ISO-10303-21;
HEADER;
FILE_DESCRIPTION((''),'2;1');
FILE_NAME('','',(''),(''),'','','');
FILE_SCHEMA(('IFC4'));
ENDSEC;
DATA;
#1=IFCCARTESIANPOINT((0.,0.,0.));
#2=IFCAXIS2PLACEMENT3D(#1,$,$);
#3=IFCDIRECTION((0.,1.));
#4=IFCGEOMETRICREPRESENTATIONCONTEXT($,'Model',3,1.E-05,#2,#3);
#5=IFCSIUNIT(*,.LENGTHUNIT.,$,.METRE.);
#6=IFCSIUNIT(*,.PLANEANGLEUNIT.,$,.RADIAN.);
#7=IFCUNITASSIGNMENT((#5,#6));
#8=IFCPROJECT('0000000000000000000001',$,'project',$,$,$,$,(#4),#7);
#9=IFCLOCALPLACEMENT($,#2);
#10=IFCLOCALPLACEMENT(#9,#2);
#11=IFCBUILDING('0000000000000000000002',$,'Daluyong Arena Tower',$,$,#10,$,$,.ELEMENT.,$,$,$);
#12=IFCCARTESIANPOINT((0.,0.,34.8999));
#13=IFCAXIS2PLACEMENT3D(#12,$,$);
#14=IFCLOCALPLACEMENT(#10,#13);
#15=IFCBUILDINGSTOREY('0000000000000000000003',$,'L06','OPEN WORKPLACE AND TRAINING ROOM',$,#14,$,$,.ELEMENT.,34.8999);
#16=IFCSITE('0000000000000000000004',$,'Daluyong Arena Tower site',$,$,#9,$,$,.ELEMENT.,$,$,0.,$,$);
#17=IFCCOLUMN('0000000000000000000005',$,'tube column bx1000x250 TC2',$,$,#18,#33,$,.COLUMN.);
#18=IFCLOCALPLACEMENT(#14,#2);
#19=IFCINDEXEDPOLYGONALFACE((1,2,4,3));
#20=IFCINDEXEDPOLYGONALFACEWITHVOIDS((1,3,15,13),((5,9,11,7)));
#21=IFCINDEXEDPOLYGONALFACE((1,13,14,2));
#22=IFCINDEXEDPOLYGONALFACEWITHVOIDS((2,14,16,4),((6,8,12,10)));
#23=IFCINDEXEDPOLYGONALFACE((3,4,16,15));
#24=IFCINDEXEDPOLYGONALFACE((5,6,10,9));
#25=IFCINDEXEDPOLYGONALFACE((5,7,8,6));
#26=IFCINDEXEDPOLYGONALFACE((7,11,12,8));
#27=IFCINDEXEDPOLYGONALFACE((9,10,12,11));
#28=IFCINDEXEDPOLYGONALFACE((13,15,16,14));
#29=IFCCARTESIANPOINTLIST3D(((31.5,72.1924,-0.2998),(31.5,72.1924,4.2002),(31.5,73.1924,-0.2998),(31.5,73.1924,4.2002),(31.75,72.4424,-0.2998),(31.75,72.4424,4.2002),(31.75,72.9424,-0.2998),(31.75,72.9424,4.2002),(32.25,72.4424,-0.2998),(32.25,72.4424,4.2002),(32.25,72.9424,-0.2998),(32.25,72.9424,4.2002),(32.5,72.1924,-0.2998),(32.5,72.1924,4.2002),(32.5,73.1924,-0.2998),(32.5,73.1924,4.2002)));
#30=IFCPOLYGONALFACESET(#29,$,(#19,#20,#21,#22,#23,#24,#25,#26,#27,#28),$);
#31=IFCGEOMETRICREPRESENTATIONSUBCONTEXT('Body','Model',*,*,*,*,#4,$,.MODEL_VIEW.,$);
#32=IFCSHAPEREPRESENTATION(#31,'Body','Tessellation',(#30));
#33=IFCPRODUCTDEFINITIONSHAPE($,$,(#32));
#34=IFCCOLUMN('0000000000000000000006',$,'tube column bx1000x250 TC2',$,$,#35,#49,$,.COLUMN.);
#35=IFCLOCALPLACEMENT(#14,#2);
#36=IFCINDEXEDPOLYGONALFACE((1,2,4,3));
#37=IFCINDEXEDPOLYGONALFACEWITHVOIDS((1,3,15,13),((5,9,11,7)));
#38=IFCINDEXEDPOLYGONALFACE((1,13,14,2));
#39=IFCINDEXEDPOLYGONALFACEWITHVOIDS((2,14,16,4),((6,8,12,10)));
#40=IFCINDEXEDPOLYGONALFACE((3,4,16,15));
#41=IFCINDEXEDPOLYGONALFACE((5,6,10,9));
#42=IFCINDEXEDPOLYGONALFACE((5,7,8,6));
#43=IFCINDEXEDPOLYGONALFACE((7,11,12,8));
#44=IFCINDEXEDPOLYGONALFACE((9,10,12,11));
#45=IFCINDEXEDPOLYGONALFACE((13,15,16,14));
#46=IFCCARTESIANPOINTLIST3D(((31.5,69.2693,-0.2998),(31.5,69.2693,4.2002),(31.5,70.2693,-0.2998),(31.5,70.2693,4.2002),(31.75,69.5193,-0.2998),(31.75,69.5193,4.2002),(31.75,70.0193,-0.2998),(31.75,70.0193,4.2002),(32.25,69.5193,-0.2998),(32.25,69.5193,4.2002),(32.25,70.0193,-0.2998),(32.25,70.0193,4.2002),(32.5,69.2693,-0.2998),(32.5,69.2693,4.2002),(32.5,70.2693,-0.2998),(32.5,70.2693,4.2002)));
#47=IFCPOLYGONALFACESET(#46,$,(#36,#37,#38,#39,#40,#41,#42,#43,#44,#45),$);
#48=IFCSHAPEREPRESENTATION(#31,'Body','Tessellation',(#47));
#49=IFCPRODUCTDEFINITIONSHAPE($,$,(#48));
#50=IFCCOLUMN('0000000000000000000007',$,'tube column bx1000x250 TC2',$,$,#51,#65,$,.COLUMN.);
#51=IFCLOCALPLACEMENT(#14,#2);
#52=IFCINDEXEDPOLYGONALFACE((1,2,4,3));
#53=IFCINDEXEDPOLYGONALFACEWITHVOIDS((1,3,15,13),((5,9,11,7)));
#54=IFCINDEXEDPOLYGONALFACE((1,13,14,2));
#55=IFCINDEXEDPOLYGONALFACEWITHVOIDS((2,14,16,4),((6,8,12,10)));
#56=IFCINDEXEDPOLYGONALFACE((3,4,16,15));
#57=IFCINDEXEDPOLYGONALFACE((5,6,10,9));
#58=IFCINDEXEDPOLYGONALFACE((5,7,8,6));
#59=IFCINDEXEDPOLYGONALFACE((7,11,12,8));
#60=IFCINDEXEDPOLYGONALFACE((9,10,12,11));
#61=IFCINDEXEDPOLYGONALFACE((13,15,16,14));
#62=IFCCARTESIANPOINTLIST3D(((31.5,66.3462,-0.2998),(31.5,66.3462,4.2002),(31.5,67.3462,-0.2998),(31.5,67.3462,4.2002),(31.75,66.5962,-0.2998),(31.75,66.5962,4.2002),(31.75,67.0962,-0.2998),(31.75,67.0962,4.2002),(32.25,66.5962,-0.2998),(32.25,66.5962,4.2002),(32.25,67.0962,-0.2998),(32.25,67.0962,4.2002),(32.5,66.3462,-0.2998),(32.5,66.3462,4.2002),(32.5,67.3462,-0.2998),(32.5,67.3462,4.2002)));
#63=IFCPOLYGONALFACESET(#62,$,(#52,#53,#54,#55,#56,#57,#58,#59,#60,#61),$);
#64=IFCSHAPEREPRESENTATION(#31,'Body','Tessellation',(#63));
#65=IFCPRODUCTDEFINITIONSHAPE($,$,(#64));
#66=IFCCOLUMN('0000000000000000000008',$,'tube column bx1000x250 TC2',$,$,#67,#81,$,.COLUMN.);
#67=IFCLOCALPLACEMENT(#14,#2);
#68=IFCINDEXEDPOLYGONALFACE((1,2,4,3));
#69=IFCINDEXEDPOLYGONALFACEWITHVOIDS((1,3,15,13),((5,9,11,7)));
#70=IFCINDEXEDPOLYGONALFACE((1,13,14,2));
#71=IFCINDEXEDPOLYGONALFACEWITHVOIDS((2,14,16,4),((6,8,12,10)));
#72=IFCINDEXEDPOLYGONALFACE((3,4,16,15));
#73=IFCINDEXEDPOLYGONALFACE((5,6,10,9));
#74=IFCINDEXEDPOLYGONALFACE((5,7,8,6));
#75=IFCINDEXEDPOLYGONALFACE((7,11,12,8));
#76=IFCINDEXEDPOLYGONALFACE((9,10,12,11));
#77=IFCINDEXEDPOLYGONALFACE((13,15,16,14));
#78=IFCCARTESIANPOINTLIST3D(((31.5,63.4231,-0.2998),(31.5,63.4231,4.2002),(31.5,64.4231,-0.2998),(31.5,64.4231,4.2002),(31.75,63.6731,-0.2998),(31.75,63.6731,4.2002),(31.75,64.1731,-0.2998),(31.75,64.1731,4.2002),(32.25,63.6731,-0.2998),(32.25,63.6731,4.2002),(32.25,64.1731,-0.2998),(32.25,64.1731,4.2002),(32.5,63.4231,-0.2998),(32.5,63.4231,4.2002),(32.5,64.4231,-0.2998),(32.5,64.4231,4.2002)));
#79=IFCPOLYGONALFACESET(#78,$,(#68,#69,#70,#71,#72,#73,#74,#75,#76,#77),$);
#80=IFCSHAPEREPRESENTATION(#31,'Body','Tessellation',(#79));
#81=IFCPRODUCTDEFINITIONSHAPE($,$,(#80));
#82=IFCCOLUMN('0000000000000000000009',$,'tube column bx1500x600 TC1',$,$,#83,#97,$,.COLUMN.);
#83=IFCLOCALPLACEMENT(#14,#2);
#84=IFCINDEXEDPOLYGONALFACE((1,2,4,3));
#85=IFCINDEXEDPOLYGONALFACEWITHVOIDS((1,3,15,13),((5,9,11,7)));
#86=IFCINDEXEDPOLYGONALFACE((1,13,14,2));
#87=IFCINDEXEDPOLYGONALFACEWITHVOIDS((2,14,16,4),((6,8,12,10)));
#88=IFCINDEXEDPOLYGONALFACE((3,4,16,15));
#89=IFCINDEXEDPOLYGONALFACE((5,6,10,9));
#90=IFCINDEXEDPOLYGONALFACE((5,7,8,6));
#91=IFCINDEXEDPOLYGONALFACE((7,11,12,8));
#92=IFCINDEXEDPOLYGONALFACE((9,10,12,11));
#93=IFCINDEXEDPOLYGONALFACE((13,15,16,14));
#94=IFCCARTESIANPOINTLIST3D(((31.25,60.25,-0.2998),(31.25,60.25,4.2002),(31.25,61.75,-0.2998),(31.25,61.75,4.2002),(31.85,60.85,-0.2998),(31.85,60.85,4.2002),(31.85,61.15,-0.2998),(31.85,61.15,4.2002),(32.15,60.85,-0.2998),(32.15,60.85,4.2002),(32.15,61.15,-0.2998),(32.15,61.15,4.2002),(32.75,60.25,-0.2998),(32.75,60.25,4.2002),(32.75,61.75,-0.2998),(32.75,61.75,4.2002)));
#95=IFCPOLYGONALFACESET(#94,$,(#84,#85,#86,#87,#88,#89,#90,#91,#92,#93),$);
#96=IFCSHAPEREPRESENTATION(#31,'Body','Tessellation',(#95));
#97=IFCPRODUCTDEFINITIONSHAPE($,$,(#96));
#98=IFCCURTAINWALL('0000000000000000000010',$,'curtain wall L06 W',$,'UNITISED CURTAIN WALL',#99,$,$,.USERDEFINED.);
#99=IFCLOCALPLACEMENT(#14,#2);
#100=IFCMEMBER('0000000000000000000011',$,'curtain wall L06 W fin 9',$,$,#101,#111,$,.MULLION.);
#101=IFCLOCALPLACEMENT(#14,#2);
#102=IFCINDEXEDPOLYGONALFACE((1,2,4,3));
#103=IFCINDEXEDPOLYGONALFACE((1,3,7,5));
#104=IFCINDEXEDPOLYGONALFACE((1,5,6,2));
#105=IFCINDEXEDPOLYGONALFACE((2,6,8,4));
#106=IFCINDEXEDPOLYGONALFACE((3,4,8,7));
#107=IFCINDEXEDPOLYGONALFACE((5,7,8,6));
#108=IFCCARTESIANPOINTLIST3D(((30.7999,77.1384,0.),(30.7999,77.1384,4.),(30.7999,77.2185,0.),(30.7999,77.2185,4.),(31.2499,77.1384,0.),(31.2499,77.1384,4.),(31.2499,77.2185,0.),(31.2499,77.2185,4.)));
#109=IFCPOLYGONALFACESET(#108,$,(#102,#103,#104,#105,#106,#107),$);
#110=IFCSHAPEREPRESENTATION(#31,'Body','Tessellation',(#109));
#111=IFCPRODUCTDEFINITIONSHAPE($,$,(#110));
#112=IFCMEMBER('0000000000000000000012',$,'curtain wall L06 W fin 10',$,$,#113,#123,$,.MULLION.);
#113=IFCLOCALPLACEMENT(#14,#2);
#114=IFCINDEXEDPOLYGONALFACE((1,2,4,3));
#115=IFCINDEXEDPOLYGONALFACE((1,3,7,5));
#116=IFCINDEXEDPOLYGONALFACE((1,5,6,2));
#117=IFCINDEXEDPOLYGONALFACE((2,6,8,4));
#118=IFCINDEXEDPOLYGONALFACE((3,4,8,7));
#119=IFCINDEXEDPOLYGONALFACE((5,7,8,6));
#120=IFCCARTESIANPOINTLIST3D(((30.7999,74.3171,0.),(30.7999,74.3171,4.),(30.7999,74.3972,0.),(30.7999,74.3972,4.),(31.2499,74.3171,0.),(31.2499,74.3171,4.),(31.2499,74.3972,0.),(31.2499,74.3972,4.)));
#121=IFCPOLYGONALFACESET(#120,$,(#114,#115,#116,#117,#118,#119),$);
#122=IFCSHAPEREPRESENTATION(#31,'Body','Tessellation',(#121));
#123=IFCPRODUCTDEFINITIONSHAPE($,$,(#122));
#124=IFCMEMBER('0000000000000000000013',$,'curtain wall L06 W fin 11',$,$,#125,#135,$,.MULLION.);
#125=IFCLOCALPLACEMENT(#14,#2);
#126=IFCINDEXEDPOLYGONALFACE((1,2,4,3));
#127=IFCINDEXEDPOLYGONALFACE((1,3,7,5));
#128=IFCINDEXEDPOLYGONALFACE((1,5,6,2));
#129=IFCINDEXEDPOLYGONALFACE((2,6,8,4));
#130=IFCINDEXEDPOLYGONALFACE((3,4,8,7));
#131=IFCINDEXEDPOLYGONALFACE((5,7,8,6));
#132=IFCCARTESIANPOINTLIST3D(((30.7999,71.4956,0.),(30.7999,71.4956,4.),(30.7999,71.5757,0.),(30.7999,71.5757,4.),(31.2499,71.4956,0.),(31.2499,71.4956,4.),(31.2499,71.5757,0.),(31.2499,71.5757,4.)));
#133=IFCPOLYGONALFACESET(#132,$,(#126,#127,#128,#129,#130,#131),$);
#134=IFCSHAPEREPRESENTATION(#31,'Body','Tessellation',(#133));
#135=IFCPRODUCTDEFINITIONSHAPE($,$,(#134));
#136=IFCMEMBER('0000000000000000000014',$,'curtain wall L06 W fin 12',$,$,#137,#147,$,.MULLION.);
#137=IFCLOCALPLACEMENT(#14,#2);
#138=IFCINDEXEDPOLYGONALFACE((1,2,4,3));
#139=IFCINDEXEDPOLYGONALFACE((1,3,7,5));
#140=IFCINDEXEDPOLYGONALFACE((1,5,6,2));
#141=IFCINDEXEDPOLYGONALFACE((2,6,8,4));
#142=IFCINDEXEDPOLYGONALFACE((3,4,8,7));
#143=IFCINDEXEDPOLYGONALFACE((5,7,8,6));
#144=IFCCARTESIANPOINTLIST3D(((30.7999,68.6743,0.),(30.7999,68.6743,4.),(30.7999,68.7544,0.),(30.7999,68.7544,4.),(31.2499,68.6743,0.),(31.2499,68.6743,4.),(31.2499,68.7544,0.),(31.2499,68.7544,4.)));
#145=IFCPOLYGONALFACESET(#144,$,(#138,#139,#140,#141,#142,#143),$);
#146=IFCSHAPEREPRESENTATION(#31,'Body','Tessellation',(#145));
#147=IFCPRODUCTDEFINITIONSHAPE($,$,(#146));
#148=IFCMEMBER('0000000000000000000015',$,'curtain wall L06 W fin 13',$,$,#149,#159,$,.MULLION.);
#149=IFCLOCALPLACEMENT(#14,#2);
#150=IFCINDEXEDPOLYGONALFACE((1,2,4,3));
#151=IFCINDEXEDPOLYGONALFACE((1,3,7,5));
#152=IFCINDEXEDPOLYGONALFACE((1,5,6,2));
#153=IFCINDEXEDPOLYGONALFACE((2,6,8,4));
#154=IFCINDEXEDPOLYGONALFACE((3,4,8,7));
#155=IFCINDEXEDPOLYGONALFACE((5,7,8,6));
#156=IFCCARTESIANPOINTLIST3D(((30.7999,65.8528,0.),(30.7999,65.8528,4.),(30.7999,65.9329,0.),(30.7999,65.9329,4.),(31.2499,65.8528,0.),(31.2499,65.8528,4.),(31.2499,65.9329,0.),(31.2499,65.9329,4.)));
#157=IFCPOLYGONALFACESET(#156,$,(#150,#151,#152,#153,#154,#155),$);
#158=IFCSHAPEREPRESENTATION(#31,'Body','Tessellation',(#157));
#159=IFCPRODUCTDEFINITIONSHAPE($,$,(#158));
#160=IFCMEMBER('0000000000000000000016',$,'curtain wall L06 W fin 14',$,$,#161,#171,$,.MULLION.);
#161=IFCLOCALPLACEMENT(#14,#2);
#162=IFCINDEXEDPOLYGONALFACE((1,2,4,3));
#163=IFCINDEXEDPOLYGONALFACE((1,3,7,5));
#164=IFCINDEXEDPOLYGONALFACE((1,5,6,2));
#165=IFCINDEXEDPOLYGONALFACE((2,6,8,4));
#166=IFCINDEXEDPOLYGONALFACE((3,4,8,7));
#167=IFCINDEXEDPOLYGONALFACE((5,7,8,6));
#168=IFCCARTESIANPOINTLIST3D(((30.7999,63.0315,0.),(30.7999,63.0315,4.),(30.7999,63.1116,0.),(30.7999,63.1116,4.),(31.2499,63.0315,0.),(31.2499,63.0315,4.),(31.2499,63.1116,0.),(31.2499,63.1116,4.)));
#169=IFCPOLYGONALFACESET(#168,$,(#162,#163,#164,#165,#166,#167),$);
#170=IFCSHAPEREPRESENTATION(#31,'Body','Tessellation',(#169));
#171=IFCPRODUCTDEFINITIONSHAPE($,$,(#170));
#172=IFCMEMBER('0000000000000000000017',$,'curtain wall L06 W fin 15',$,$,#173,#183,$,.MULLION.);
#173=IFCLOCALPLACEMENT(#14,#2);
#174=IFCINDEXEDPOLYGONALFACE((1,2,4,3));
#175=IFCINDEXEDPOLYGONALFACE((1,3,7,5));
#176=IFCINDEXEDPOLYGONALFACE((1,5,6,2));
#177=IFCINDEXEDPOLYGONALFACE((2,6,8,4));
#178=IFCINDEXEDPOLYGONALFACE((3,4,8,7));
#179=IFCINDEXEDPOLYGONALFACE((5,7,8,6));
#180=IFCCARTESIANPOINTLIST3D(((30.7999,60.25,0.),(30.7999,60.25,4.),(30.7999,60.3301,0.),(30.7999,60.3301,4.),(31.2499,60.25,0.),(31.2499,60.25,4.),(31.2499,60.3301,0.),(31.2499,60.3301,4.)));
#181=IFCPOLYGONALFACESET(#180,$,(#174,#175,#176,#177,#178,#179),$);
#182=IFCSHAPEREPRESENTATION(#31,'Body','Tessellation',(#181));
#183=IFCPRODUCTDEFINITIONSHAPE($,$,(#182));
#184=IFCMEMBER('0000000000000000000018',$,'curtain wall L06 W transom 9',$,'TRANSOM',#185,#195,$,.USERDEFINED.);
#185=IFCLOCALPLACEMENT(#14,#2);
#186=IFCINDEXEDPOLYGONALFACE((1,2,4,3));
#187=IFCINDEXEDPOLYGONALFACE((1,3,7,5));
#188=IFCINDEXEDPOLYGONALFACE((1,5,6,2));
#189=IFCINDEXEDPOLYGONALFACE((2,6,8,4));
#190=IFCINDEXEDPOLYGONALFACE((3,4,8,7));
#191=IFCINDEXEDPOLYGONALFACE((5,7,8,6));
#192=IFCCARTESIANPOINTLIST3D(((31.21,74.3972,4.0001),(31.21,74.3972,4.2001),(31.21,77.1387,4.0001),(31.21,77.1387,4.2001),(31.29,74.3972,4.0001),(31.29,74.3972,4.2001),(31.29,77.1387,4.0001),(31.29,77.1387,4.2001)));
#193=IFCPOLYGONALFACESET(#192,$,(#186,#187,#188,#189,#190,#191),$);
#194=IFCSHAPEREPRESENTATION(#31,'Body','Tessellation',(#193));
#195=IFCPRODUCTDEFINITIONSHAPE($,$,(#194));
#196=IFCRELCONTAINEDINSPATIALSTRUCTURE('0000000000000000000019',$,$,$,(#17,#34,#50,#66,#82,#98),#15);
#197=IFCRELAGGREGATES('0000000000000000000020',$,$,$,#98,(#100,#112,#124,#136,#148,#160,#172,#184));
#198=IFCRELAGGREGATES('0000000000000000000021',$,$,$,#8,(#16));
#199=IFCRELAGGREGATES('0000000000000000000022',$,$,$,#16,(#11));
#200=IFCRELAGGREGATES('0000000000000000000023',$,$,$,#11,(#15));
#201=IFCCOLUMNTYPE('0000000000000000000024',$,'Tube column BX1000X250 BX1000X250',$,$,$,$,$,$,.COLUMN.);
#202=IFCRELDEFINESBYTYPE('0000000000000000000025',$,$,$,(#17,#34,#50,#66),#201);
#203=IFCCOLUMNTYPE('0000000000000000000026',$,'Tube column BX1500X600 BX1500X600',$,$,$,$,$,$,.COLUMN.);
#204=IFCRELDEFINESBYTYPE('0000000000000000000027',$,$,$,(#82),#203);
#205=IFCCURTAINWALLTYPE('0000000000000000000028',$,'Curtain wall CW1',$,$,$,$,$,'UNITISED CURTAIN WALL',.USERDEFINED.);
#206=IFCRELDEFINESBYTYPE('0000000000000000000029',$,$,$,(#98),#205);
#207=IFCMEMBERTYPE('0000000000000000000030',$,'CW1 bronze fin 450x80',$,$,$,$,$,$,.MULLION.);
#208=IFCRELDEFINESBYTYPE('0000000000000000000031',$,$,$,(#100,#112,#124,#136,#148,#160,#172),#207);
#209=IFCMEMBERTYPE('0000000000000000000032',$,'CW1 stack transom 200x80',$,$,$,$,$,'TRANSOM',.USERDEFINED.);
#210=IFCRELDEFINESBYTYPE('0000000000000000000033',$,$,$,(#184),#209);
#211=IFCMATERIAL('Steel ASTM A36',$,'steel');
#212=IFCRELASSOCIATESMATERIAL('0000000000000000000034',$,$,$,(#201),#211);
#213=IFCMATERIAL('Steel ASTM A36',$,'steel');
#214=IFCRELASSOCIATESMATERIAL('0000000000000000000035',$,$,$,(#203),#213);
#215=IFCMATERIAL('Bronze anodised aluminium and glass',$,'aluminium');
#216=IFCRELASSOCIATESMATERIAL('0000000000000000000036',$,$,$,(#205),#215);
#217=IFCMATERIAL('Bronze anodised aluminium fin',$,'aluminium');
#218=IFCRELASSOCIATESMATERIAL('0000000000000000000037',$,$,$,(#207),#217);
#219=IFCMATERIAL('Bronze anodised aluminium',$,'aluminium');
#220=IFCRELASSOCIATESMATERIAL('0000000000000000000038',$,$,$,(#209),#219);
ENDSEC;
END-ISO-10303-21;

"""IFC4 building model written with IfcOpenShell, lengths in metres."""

from ifc_helpers import new_model, si_unit, direction, frame, origin, origin_2d, place, context, subcontext, project, spatial, rectangle, hollow_rectangle, extrude, material, material_profile, profile_set, type_object, element, aggregate, save


model = new_model("IFC4")

# Units and contexts
model_context = context("Model", 3, precision=1e-05, world=origin(), true_north=direction((0.0, 1.0)))
body_context = subcontext(model_context, "Body", "Model", "MODEL_VIEW")
ifc_project = project(units=[si_unit("LENGTHUNIT", "METRE"), si_unit("PLANEANGLEUNIT", "RADIAN")], contexts=[model_context])

# Site, building, storey
site_placement = place(None, origin())
site = spatial("IfcSite", under=ifc_project, at=site_placement, Name="Daluyong Arena Tower site", CompositionType="ELEMENT", RefElevation=0.0)
building_placement = place(site_placement, origin())
building = spatial("IfcBuilding", under=site, at=building_placement, Name="Daluyong Arena Tower", CompositionType="ELEMENT")
storey_placement = place(building_placement, frame((0.0, 0.0, 34.8999)))
storey = spatial("IfcBuildingStorey", under=building, at=storey_placement, Name="L06", Description="OPEN WORKPLACE AND TRAINING ROOM", CompositionType="ELEMENT", Elevation=34.8999)

# Columns
ifc_material_1 = material(Name="Steel ASTM A36", Category="steel")
ifc_material_profile_1 = material_profile(ifc_material_1, hollow_rectangle(XDim=1.0, YDim=1.0, WallThickness=0.25, at=origin_2d()))
ifc_profile_set_1 = profile_set([ifc_material_profile_1], Name="Steel ASTM A36")
column_type_1 = type_object("IfcColumnType", Name="Tube column BX1000X250 BX1000X250", PredefinedType="COLUMN", material=ifc_profile_set_1)
for number, where, z_axis, x_axis, name in (
    (1, (32.0, 72.6924, -0.2998), (0.0, 0.0, 1.0), (0.0, 1.0, 0.0), "tube column bx1000x250 TC2"),
    (2, (32.0, 69.7693, -0.2998), (0.0, 0.0, 1.0), (0.0, 1.0, 0.0), "tube column bx1000x250 TC2"),
    (3, (32.0, 66.8462, -0.2998), (0.0, 0.0, 1.0), (0.0, 1.0, 0.0), "tube column bx1000x250 TC2"),
    (4, (32.0, 63.9231, -0.2998), (0.0, 0.0, 1.0), (0.0, 1.0, 0.0), "tube column bx1000x250 TC2"),
):
    element("IfcColumn", number, at=place(storey_placement, frame(where, z_axis=z_axis, x_axis=x_axis)), inside=storey, type_object=column_type_1, Name=name, PredefinedType="COLUMN", context=body_context, shape_type="SweptSolid", body=[
        extrude(hollow_rectangle(XDim=1.0, YDim=1.0, WallThickness=0.25, at=origin_2d()), origin(), (0.0, 0.0, 1.0), 4.5),
    ])
ifc_material_2 = material(Name="Steel ASTM A36", Category="steel")
ifc_material_profile_2 = material_profile(ifc_material_2, hollow_rectangle(XDim=1.5, YDim=1.5, WallThickness=0.6, at=origin_2d()))
ifc_profile_set_2 = profile_set([ifc_material_profile_2], Name="Steel ASTM A36")
column_type_2 = type_object("IfcColumnType", Name="Tube column BX1500X600 BX1500X600", PredefinedType="COLUMN", material=ifc_profile_set_2)
column_placement = place(storey_placement, frame((32.0, 61.0, -0.2998), z_axis=(0.0, 0.0, 1.0), x_axis=(1.0, 0.0, 0.0)))
element("IfcColumn", 5, at=column_placement, inside=storey, type_object=column_type_2, Name="tube column bx1500x600 TC1", PredefinedType="COLUMN", context=body_context, shape_type="SweptSolid", body=[
    extrude(hollow_rectangle(XDim=1.5, YDim=1.5, WallThickness=0.6, at=origin_2d()), origin(), (0.0, 0.0, 1.0), 4.5),
])

# Curtain wall, members
ifc_material_3 = material(Name="Bronze anodised aluminium and glass", Category="aluminium")
curtain_wall_type_1 = type_object("IfcCurtainWallType", Name="Curtain wall CW1", ElementType="UNITISED CURTAIN WALL", PredefinedType="USERDEFINED", material=ifc_material_3)
curtain_wall_1_placement = place(storey_placement, origin())
curtain_wall_1 = element("IfcCurtainWall", 6, at=curtain_wall_1_placement, inside=storey, type_object=curtain_wall_type_1, Name="curtain wall L06 W", ObjectType="UNITISED CURTAIN WALL", PredefinedType="USERDEFINED")
ifc_material_4 = material(Name="Bronze anodised aluminium fin", Category="aluminium")
ifc_material_profile_3 = material_profile(ifc_material_4, rectangle(XDim=0.45, YDim=0.0801, at=origin_2d()))
ifc_profile_set_3 = profile_set([ifc_material_profile_3], Name="Bronze anodised aluminium fin")
member_type_1 = type_object("IfcMemberType", Name="CW1 bronze fin 450x80", PredefinedType="MULLION", material=ifc_profile_set_3)
member_1_placement = place(storey_placement, frame((31.0249, 77.1785, 0.0), z_axis=(0.0, 0.0, 1.0), x_axis=(1.0, 0.0, 0.0)))
member_1 = element("IfcMember", 7, at=member_1_placement, type_object=member_type_1, Name="curtain wall L06 W fin 9", PredefinedType="MULLION", context=body_context, shape_type="SweptSolid", body=[
    extrude(rectangle(XDim=0.45, YDim=0.0801, at=origin_2d()), origin(), (0.0, 0.0, 1.0), 4.0),
])
member_2_placement = place(storey_placement, frame((31.0249, 74.3572, 0.0), z_axis=(0.0, 0.0, 1.0), x_axis=(1.0, 0.0, 0.0)))
member_2 = element("IfcMember", 8, at=member_2_placement, type_object=member_type_1, Name="curtain wall L06 W fin 10", PredefinedType="MULLION", context=body_context, shape_type="SweptSolid", body=[
    extrude(rectangle(XDim=0.45, YDim=0.0801, at=origin_2d()), origin(), (0.0, 0.0, 1.0), 4.0),
])
member_3_placement = place(storey_placement, frame((31.0249, 71.5356, 0.0), z_axis=(0.0, 0.0, 1.0), x_axis=(1.0, 0.0, 0.0)))
member_3 = element("IfcMember", 9, at=member_3_placement, type_object=member_type_1, Name="curtain wall L06 W fin 11", PredefinedType="MULLION", context=body_context, shape_type="SweptSolid", body=[
    extrude(rectangle(XDim=0.45, YDim=0.0801, at=origin_2d()), origin(), (0.0, 0.0, 1.0), 4.0),
])
member_4_placement = place(storey_placement, frame((31.0249, 68.7144, 0.0), z_axis=(0.0, 0.0, 1.0), x_axis=(1.0, 0.0, 0.0)))
member_4 = element("IfcMember", 10, at=member_4_placement, type_object=member_type_1, Name="curtain wall L06 W fin 12", PredefinedType="MULLION", context=body_context, shape_type="SweptSolid", body=[
    extrude(rectangle(XDim=0.45, YDim=0.0801, at=origin_2d()), origin(), (0.0, 0.0, 1.0), 4.0),
])
member_5_placement = place(storey_placement, frame((31.0249, 65.8928, 0.0), z_axis=(0.0, 0.0, 1.0), x_axis=(1.0, 0.0, 0.0)))
member_5 = element("IfcMember", 11, at=member_5_placement, type_object=member_type_1, Name="curtain wall L06 W fin 13", PredefinedType="MULLION", context=body_context, shape_type="SweptSolid", body=[
    extrude(rectangle(XDim=0.45, YDim=0.0801, at=origin_2d()), origin(), (0.0, 0.0, 1.0), 4.0),
])
member_6_placement = place(storey_placement, frame((31.0249, 63.0715, 0.0), z_axis=(0.0, 0.0, 1.0), x_axis=(1.0, 0.0, 0.0)))
member_6 = element("IfcMember", 12, at=member_6_placement, type_object=member_type_1, Name="curtain wall L06 W fin 14", PredefinedType="MULLION", context=body_context, shape_type="SweptSolid", body=[
    extrude(rectangle(XDim=0.45, YDim=0.0801, at=origin_2d()), origin(), (0.0, 0.0, 1.0), 4.0),
])
member_7_placement = place(storey_placement, frame((31.0249, 60.29, 0.0), z_axis=(0.0, 0.0, 1.0), x_axis=(1.0, 0.0, 0.0)))
member_7 = element("IfcMember", 13, at=member_7_placement, type_object=member_type_1, Name="curtain wall L06 W fin 15", PredefinedType="MULLION", context=body_context, shape_type="SweptSolid", body=[
    extrude(rectangle(XDim=0.45, YDim=0.0801, at=origin_2d()), origin(), (0.0, 0.0, 1.0), 4.0),
])
ifc_material_5 = material(Name="Bronze anodised aluminium", Category="aluminium")
ifc_material_profile_4 = material_profile(ifc_material_5, rectangle(XDim=0.0801, YDim=0.2, at=origin_2d()))
ifc_profile_set_4 = profile_set([ifc_material_profile_4], Name="Bronze anodised aluminium")
member_type_2 = type_object("IfcMemberType", Name="CW1 stack transom 200x80", ElementType="TRANSOM", PredefinedType="USERDEFINED", material=ifc_profile_set_4)
member_8_placement = place(storey_placement, frame((31.25, 77.1387, 4.1001), z_axis=(0.0, -1.0, 0.0), x_axis=(1.0, 0.0, 0.0)))
member_8 = element("IfcMember", 14, at=member_8_placement, type_object=member_type_2, Name="curtain wall L06 W transom 9", ObjectType="TRANSOM", PredefinedType="USERDEFINED", context=body_context, shape_type="SweptSolid", body=[
    extrude(rectangle(XDim=0.0801, YDim=0.2, at=origin_2d()), origin(), (0.0, 0.0, 1.0), 2.7415),
])

aggregate(curtain_wall_1, [member_1, member_2, member_3, member_4, member_5, member_6, member_7, member_8])

save(model, "model.ifc")
